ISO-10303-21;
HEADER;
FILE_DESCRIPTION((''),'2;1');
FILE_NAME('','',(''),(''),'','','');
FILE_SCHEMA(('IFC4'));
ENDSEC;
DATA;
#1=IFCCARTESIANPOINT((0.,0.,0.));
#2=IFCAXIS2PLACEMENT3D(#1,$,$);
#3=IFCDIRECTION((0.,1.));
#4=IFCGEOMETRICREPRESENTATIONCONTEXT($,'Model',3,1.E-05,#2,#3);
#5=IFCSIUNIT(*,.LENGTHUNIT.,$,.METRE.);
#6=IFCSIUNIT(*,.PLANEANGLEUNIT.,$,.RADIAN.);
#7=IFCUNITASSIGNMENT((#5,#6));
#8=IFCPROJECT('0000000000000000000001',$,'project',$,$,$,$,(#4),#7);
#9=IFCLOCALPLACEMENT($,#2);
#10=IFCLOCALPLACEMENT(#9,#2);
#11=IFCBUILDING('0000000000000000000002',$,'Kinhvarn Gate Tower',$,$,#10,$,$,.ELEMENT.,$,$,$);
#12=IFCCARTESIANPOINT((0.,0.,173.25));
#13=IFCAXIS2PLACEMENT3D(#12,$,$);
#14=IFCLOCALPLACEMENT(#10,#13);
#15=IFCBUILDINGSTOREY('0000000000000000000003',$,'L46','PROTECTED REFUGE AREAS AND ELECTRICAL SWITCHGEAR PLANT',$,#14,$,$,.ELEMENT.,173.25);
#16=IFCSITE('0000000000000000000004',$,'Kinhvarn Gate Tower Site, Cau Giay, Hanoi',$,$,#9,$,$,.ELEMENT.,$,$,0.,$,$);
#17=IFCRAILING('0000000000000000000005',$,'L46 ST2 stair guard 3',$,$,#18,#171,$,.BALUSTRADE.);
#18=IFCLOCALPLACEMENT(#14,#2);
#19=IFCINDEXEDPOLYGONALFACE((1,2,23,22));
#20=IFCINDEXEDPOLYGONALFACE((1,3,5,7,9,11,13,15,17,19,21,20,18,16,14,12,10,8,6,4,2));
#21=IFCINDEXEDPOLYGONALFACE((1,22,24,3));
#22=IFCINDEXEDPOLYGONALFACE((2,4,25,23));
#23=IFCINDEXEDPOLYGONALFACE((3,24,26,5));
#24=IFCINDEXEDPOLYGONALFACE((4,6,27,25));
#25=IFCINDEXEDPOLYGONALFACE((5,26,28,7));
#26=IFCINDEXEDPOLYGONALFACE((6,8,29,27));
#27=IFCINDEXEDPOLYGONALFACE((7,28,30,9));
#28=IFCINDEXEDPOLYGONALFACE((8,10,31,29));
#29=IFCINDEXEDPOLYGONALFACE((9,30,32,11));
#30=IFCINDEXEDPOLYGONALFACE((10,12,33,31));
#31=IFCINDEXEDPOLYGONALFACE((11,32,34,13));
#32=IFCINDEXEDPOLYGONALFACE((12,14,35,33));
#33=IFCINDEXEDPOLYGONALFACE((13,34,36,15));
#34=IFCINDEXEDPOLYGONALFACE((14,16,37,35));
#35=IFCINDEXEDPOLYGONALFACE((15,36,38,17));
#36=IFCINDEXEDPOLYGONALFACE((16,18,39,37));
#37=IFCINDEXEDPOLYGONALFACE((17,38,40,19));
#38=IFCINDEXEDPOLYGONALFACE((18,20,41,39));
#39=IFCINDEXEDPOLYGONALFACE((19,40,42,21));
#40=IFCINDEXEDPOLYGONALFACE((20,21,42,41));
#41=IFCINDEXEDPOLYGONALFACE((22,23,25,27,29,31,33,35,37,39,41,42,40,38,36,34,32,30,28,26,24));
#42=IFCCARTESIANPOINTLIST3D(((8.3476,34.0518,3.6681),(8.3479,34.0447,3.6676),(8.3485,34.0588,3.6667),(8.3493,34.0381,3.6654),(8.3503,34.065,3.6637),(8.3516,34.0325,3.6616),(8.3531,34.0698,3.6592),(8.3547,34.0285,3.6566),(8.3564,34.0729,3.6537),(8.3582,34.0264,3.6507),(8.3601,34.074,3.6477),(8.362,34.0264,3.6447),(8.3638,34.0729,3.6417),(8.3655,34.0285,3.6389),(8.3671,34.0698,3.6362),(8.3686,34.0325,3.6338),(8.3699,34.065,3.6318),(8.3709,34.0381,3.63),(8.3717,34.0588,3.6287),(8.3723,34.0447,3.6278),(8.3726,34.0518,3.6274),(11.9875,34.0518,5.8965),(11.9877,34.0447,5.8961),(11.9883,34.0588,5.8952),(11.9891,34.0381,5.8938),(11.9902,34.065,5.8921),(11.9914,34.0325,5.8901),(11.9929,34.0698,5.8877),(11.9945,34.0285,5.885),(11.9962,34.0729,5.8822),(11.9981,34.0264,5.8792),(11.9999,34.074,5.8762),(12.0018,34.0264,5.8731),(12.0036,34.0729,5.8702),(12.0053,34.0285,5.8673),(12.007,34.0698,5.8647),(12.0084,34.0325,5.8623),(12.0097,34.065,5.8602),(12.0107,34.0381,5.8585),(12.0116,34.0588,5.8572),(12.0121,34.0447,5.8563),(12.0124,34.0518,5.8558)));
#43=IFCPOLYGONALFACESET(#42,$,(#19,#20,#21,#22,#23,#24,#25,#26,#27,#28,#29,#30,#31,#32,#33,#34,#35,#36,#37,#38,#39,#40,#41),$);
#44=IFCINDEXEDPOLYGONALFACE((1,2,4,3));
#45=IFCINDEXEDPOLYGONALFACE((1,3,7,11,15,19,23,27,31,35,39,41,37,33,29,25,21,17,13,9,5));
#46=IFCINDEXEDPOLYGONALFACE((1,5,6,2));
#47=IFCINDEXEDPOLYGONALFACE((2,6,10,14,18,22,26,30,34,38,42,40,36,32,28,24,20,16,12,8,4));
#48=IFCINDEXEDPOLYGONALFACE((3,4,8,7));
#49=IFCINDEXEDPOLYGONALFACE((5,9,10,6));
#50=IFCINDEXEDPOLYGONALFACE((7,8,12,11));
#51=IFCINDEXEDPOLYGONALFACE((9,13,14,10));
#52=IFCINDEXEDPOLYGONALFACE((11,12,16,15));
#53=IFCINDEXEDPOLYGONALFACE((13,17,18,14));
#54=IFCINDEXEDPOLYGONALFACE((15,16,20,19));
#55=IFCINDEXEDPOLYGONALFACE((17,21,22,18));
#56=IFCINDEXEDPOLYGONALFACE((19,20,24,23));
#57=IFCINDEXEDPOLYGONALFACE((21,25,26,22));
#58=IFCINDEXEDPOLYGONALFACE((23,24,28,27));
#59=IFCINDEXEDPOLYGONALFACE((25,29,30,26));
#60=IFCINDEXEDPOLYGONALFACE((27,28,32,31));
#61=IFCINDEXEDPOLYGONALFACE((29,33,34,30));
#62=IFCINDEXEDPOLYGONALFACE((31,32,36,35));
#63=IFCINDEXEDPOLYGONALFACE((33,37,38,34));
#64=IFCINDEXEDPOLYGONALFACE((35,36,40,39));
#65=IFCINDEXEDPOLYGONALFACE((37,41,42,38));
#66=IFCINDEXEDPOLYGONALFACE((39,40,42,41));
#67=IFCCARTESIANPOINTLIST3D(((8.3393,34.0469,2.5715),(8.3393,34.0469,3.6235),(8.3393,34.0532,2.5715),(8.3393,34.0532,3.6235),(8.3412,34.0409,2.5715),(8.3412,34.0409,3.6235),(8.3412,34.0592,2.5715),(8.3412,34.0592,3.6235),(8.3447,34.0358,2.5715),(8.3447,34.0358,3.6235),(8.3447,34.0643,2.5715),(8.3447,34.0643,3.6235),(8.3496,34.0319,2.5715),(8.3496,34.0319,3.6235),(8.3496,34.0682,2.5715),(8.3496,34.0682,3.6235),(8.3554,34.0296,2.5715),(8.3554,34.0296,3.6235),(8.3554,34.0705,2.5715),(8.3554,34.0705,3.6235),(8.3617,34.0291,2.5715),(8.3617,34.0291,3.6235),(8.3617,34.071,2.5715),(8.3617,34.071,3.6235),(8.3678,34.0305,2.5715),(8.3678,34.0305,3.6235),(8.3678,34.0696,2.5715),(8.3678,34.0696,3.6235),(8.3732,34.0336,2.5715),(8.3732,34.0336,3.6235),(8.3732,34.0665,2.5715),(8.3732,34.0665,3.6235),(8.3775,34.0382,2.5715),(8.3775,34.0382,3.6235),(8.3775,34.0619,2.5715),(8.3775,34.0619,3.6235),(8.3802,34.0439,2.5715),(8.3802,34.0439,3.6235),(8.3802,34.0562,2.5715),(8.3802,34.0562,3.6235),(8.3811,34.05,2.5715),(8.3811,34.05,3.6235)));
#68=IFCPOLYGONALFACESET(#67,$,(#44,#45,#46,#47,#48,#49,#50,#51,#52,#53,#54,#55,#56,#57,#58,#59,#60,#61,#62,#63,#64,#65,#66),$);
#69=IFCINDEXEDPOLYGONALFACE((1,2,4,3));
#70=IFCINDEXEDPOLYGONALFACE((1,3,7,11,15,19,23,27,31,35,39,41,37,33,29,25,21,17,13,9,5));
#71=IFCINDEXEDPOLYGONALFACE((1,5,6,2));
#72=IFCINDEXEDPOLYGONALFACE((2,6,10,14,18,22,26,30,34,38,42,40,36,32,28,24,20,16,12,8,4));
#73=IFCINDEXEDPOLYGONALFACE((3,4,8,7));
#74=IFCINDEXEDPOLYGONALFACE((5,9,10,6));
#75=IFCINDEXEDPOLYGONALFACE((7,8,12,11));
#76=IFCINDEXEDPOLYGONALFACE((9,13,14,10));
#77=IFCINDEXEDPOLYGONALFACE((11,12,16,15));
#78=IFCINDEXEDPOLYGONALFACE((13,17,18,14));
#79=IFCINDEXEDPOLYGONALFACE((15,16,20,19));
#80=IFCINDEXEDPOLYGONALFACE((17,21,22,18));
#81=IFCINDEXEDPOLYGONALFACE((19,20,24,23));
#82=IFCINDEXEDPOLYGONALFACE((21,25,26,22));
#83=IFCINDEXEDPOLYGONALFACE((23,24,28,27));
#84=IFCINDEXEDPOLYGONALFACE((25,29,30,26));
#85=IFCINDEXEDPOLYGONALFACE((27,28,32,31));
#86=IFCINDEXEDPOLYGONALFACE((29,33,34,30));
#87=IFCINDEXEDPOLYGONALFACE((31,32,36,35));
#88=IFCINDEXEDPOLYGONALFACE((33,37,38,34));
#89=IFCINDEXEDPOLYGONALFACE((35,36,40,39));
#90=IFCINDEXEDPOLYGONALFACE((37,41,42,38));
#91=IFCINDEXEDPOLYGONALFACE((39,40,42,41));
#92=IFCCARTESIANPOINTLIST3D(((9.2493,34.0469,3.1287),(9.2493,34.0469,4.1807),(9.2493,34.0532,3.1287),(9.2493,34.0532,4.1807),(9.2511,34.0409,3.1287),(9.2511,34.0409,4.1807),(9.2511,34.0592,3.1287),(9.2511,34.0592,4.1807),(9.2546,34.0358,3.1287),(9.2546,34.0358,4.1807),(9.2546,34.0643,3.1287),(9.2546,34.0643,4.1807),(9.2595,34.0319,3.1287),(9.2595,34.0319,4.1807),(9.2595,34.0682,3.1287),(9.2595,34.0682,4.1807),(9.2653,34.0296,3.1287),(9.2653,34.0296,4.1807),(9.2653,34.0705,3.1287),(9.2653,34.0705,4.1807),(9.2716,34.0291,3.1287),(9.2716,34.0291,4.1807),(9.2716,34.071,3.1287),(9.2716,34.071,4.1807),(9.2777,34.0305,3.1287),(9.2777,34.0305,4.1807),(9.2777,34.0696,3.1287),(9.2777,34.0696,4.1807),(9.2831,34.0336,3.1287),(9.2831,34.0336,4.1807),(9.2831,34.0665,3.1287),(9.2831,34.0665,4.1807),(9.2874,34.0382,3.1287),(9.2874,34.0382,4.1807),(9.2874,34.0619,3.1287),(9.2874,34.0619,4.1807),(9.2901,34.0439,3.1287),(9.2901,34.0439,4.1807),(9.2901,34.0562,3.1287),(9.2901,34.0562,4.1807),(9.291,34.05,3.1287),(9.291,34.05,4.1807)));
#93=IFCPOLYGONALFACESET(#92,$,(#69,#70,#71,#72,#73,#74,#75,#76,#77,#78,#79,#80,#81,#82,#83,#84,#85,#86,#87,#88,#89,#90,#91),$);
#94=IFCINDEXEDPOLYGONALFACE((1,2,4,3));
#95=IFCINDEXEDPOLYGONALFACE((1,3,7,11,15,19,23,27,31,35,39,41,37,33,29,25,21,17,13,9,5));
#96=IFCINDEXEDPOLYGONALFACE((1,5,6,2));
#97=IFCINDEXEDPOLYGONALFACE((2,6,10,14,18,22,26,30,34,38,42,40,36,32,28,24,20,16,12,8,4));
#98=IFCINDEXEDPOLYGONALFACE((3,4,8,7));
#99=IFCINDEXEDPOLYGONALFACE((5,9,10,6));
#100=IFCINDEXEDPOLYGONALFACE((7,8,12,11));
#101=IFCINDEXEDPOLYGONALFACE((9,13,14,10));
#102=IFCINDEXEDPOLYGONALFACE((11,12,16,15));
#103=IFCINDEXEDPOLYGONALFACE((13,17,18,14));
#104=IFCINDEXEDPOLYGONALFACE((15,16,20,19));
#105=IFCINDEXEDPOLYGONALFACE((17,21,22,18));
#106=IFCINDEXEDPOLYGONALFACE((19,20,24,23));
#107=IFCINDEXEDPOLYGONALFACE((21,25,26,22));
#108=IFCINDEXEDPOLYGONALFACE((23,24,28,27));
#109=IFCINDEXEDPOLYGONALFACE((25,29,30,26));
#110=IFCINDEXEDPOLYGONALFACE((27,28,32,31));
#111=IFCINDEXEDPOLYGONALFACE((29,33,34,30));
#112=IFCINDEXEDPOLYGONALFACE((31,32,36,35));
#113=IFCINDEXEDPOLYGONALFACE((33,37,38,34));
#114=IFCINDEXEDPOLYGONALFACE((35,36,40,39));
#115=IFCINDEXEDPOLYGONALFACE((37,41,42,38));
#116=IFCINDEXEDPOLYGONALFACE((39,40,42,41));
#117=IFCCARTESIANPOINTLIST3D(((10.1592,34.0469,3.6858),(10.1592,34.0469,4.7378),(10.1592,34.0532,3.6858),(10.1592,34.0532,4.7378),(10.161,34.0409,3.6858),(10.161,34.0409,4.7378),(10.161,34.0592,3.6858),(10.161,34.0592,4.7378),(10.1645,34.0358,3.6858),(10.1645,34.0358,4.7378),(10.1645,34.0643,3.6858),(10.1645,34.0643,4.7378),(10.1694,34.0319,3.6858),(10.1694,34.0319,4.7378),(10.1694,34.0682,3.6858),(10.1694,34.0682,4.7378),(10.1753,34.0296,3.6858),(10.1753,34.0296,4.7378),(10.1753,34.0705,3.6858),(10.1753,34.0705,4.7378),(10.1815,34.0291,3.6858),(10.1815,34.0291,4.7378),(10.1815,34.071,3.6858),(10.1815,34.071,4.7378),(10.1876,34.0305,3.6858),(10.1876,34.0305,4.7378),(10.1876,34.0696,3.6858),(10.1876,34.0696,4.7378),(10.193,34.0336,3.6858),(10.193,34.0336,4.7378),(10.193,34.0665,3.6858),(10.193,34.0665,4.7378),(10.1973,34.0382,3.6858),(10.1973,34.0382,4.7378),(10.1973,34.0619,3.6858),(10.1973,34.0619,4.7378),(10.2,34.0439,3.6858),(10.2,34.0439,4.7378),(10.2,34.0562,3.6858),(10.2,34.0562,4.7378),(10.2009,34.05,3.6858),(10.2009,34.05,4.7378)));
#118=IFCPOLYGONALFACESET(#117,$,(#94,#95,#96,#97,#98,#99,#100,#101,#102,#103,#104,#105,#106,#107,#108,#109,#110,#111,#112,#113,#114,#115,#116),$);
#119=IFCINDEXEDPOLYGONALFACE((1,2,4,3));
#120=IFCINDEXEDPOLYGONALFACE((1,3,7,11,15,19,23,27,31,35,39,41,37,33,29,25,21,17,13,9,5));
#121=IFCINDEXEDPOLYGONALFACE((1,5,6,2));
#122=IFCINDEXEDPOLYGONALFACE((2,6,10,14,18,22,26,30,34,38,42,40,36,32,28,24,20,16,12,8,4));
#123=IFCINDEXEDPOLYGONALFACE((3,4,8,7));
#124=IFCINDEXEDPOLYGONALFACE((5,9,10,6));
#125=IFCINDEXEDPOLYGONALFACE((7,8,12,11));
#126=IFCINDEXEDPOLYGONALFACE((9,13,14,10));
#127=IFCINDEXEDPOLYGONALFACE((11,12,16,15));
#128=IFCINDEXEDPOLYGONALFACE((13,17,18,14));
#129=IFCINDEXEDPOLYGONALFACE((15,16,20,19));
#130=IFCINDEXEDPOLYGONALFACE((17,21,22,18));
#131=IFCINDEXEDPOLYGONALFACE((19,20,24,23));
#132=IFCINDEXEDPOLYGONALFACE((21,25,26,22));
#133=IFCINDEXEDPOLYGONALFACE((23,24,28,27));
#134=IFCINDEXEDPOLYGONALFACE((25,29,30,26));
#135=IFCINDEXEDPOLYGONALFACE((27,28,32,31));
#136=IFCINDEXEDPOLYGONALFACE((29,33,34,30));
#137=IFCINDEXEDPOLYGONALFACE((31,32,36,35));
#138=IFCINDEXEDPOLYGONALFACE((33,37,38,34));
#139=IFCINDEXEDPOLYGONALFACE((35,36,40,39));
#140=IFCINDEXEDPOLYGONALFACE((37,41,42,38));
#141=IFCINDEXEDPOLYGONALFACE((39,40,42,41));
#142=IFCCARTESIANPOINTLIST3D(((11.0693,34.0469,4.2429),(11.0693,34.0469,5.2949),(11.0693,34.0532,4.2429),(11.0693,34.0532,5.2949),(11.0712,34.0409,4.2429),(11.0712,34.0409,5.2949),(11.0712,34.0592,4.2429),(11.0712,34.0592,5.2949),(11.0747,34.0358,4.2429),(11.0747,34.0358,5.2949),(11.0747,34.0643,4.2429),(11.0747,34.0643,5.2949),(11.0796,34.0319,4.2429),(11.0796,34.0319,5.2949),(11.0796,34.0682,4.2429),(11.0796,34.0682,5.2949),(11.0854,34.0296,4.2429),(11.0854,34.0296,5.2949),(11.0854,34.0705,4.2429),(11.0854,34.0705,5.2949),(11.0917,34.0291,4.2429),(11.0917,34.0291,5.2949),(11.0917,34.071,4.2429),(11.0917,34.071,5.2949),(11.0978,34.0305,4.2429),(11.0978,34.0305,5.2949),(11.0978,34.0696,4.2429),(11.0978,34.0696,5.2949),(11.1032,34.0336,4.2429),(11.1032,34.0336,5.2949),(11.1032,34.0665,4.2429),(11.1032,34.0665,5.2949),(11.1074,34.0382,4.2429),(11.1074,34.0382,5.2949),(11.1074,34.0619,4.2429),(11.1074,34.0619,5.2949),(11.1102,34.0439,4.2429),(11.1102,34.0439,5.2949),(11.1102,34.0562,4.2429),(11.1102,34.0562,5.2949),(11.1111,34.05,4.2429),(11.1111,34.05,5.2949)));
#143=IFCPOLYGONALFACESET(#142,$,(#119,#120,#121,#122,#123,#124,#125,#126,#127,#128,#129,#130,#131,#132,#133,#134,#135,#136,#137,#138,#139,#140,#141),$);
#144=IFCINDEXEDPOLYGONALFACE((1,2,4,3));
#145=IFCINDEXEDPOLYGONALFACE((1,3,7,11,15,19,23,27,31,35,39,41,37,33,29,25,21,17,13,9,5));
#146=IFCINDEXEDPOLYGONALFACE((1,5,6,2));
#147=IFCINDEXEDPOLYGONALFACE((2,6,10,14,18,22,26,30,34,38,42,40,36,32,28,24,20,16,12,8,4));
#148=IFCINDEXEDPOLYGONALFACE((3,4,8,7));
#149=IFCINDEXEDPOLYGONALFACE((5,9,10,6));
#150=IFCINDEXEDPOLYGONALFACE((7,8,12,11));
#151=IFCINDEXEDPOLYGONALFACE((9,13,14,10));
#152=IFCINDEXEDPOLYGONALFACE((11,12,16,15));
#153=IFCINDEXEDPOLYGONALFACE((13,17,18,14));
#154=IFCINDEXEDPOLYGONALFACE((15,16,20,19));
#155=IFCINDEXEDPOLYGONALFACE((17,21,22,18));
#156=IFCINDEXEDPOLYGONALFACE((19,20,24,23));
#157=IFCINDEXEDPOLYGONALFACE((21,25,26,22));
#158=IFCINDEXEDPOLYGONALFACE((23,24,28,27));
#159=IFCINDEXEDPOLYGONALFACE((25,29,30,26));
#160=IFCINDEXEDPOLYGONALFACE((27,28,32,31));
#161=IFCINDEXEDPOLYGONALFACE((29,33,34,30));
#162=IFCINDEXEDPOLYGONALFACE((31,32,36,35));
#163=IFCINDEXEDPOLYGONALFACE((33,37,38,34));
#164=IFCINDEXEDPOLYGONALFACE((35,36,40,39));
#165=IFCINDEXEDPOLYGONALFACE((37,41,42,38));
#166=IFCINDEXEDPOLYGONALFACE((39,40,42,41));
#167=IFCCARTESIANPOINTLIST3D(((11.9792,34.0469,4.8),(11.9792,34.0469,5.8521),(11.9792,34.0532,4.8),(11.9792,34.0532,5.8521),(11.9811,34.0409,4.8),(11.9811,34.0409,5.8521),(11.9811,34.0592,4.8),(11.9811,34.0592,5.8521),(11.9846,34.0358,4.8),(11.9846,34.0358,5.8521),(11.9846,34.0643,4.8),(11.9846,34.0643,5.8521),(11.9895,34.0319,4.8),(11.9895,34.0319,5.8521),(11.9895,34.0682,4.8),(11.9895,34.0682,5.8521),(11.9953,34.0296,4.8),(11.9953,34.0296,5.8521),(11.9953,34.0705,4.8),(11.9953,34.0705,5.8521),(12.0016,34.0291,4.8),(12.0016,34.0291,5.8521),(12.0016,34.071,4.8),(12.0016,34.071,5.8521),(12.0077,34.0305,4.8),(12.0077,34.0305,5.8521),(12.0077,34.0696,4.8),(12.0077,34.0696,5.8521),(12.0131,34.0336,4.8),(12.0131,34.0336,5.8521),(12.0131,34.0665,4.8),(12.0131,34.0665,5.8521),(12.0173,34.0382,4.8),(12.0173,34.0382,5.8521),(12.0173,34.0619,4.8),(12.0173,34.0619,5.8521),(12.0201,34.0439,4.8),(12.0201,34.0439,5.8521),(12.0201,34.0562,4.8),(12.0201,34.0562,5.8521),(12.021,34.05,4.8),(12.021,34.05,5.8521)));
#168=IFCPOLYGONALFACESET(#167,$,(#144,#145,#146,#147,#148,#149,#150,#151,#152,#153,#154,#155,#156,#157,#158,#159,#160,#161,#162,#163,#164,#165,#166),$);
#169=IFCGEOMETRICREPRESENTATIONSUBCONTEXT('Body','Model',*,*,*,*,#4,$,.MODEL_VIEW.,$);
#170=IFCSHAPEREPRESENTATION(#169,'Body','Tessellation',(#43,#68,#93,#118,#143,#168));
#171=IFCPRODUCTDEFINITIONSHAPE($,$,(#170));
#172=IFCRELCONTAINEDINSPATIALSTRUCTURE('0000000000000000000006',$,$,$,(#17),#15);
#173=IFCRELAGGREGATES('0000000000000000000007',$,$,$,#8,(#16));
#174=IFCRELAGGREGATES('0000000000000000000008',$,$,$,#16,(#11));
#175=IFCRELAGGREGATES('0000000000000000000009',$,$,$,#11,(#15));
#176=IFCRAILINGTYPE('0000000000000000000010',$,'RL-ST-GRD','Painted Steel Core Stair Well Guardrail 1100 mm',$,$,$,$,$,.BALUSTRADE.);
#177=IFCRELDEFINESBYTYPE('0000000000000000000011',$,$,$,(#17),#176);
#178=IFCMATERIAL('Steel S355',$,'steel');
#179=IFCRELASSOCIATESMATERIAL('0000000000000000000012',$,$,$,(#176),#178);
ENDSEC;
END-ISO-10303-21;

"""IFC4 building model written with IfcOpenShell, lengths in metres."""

from ifc_helpers import new_model, si_unit, direction, frame, origin, origin_2d, place, context, subcontext, project, spatial, circle, extrude, material, type_object, element, save


model = new_model("IFC4")

# Units and contexts
model_context = context("Model", 3, precision=1e-05, world=origin(), true_north=direction((0.0, 1.0)))
body_context = subcontext(model_context, "Body", "Model", "MODEL_VIEW")
ifc_project = project(units=[si_unit("LENGTHUNIT", "METRE"), si_unit("PLANEANGLEUNIT", "RADIAN")], contexts=[model_context])

# Site, building, storey
site_placement = place(None, origin())
site = spatial("IfcSite", under=ifc_project, at=site_placement, Name="Kinhvarn Gate Tower Site, Cau Giay, Hanoi", CompositionType="ELEMENT", RefElevation=0.0)
building_placement = place(site_placement, origin())
building = spatial("IfcBuilding", under=site, at=building_placement, Name="Kinhvarn Gate Tower", CompositionType="ELEMENT")
storey_placement = place(building_placement, frame((0.0, 0.0, 173.25)))
storey = spatial("IfcBuildingStorey", under=building, at=storey_placement, Name="L46", Description="PROTECTED REFUGE AREAS AND ELECTRICAL SWITCHGEAR PLANT", CompositionType="ELEMENT", Elevation=173.25)

# Shared definitions
ifc_material_1 = material(Name="Steel S355", Category="steel")

# Railing
railing_type_1 = type_object("IfcRailingType", Name="RL-ST-GRD", Description="Painted Steel Core Stair Well Guardrail 1100 mm", PredefinedType="BALUSTRADE", material=ifc_material_1)
railing_1_placement = place(storey_placement, frame((8.3601, 34.05, 2.5715)))
element("IfcRailing", 1, at=railing_1_placement, inside=storey, type_object=railing_type_1, Name="L46 ST2 stair guard 3", PredefinedType="BALUSTRADE", context=body_context, shape_type="SweptSolid", body=[
    extrude(circle(Radius=0.0239, at=origin_2d()), frame((0.0, 0.0, 1.0762), z_axis=(0.85285, 0.0, 0.522156), x_axis=(0.0, 1.0, 0.0)), (0.0, 0.0, 1.0), 4.2678),
    extrude(circle(Radius=0.021, at=origin_2d()), origin(), (0.0, 0.0, 1.0), 1.052),
    extrude(circle(Radius=0.021, at=origin_2d()), frame((0.9099, 0.0, 0.5571)), (0.0, 0.0, 1.0), 1.052),
    extrude(circle(Radius=0.021, at=origin_2d()), frame((1.8198, 0.0, 1.1143)), (0.0, 0.0, 1.0), 1.052),
    extrude(circle(Radius=0.021, at=origin_2d()), frame((2.73, 0.0, 1.6714)), (0.0, 0.0, 1.0), 1.052),
    extrude(circle(Radius=0.021, at=origin_2d()), frame((3.6399, 0.0, 2.2285)), (0.0, 0.0, 1.0), 1.052),
])

save(model, "model.ifc")
